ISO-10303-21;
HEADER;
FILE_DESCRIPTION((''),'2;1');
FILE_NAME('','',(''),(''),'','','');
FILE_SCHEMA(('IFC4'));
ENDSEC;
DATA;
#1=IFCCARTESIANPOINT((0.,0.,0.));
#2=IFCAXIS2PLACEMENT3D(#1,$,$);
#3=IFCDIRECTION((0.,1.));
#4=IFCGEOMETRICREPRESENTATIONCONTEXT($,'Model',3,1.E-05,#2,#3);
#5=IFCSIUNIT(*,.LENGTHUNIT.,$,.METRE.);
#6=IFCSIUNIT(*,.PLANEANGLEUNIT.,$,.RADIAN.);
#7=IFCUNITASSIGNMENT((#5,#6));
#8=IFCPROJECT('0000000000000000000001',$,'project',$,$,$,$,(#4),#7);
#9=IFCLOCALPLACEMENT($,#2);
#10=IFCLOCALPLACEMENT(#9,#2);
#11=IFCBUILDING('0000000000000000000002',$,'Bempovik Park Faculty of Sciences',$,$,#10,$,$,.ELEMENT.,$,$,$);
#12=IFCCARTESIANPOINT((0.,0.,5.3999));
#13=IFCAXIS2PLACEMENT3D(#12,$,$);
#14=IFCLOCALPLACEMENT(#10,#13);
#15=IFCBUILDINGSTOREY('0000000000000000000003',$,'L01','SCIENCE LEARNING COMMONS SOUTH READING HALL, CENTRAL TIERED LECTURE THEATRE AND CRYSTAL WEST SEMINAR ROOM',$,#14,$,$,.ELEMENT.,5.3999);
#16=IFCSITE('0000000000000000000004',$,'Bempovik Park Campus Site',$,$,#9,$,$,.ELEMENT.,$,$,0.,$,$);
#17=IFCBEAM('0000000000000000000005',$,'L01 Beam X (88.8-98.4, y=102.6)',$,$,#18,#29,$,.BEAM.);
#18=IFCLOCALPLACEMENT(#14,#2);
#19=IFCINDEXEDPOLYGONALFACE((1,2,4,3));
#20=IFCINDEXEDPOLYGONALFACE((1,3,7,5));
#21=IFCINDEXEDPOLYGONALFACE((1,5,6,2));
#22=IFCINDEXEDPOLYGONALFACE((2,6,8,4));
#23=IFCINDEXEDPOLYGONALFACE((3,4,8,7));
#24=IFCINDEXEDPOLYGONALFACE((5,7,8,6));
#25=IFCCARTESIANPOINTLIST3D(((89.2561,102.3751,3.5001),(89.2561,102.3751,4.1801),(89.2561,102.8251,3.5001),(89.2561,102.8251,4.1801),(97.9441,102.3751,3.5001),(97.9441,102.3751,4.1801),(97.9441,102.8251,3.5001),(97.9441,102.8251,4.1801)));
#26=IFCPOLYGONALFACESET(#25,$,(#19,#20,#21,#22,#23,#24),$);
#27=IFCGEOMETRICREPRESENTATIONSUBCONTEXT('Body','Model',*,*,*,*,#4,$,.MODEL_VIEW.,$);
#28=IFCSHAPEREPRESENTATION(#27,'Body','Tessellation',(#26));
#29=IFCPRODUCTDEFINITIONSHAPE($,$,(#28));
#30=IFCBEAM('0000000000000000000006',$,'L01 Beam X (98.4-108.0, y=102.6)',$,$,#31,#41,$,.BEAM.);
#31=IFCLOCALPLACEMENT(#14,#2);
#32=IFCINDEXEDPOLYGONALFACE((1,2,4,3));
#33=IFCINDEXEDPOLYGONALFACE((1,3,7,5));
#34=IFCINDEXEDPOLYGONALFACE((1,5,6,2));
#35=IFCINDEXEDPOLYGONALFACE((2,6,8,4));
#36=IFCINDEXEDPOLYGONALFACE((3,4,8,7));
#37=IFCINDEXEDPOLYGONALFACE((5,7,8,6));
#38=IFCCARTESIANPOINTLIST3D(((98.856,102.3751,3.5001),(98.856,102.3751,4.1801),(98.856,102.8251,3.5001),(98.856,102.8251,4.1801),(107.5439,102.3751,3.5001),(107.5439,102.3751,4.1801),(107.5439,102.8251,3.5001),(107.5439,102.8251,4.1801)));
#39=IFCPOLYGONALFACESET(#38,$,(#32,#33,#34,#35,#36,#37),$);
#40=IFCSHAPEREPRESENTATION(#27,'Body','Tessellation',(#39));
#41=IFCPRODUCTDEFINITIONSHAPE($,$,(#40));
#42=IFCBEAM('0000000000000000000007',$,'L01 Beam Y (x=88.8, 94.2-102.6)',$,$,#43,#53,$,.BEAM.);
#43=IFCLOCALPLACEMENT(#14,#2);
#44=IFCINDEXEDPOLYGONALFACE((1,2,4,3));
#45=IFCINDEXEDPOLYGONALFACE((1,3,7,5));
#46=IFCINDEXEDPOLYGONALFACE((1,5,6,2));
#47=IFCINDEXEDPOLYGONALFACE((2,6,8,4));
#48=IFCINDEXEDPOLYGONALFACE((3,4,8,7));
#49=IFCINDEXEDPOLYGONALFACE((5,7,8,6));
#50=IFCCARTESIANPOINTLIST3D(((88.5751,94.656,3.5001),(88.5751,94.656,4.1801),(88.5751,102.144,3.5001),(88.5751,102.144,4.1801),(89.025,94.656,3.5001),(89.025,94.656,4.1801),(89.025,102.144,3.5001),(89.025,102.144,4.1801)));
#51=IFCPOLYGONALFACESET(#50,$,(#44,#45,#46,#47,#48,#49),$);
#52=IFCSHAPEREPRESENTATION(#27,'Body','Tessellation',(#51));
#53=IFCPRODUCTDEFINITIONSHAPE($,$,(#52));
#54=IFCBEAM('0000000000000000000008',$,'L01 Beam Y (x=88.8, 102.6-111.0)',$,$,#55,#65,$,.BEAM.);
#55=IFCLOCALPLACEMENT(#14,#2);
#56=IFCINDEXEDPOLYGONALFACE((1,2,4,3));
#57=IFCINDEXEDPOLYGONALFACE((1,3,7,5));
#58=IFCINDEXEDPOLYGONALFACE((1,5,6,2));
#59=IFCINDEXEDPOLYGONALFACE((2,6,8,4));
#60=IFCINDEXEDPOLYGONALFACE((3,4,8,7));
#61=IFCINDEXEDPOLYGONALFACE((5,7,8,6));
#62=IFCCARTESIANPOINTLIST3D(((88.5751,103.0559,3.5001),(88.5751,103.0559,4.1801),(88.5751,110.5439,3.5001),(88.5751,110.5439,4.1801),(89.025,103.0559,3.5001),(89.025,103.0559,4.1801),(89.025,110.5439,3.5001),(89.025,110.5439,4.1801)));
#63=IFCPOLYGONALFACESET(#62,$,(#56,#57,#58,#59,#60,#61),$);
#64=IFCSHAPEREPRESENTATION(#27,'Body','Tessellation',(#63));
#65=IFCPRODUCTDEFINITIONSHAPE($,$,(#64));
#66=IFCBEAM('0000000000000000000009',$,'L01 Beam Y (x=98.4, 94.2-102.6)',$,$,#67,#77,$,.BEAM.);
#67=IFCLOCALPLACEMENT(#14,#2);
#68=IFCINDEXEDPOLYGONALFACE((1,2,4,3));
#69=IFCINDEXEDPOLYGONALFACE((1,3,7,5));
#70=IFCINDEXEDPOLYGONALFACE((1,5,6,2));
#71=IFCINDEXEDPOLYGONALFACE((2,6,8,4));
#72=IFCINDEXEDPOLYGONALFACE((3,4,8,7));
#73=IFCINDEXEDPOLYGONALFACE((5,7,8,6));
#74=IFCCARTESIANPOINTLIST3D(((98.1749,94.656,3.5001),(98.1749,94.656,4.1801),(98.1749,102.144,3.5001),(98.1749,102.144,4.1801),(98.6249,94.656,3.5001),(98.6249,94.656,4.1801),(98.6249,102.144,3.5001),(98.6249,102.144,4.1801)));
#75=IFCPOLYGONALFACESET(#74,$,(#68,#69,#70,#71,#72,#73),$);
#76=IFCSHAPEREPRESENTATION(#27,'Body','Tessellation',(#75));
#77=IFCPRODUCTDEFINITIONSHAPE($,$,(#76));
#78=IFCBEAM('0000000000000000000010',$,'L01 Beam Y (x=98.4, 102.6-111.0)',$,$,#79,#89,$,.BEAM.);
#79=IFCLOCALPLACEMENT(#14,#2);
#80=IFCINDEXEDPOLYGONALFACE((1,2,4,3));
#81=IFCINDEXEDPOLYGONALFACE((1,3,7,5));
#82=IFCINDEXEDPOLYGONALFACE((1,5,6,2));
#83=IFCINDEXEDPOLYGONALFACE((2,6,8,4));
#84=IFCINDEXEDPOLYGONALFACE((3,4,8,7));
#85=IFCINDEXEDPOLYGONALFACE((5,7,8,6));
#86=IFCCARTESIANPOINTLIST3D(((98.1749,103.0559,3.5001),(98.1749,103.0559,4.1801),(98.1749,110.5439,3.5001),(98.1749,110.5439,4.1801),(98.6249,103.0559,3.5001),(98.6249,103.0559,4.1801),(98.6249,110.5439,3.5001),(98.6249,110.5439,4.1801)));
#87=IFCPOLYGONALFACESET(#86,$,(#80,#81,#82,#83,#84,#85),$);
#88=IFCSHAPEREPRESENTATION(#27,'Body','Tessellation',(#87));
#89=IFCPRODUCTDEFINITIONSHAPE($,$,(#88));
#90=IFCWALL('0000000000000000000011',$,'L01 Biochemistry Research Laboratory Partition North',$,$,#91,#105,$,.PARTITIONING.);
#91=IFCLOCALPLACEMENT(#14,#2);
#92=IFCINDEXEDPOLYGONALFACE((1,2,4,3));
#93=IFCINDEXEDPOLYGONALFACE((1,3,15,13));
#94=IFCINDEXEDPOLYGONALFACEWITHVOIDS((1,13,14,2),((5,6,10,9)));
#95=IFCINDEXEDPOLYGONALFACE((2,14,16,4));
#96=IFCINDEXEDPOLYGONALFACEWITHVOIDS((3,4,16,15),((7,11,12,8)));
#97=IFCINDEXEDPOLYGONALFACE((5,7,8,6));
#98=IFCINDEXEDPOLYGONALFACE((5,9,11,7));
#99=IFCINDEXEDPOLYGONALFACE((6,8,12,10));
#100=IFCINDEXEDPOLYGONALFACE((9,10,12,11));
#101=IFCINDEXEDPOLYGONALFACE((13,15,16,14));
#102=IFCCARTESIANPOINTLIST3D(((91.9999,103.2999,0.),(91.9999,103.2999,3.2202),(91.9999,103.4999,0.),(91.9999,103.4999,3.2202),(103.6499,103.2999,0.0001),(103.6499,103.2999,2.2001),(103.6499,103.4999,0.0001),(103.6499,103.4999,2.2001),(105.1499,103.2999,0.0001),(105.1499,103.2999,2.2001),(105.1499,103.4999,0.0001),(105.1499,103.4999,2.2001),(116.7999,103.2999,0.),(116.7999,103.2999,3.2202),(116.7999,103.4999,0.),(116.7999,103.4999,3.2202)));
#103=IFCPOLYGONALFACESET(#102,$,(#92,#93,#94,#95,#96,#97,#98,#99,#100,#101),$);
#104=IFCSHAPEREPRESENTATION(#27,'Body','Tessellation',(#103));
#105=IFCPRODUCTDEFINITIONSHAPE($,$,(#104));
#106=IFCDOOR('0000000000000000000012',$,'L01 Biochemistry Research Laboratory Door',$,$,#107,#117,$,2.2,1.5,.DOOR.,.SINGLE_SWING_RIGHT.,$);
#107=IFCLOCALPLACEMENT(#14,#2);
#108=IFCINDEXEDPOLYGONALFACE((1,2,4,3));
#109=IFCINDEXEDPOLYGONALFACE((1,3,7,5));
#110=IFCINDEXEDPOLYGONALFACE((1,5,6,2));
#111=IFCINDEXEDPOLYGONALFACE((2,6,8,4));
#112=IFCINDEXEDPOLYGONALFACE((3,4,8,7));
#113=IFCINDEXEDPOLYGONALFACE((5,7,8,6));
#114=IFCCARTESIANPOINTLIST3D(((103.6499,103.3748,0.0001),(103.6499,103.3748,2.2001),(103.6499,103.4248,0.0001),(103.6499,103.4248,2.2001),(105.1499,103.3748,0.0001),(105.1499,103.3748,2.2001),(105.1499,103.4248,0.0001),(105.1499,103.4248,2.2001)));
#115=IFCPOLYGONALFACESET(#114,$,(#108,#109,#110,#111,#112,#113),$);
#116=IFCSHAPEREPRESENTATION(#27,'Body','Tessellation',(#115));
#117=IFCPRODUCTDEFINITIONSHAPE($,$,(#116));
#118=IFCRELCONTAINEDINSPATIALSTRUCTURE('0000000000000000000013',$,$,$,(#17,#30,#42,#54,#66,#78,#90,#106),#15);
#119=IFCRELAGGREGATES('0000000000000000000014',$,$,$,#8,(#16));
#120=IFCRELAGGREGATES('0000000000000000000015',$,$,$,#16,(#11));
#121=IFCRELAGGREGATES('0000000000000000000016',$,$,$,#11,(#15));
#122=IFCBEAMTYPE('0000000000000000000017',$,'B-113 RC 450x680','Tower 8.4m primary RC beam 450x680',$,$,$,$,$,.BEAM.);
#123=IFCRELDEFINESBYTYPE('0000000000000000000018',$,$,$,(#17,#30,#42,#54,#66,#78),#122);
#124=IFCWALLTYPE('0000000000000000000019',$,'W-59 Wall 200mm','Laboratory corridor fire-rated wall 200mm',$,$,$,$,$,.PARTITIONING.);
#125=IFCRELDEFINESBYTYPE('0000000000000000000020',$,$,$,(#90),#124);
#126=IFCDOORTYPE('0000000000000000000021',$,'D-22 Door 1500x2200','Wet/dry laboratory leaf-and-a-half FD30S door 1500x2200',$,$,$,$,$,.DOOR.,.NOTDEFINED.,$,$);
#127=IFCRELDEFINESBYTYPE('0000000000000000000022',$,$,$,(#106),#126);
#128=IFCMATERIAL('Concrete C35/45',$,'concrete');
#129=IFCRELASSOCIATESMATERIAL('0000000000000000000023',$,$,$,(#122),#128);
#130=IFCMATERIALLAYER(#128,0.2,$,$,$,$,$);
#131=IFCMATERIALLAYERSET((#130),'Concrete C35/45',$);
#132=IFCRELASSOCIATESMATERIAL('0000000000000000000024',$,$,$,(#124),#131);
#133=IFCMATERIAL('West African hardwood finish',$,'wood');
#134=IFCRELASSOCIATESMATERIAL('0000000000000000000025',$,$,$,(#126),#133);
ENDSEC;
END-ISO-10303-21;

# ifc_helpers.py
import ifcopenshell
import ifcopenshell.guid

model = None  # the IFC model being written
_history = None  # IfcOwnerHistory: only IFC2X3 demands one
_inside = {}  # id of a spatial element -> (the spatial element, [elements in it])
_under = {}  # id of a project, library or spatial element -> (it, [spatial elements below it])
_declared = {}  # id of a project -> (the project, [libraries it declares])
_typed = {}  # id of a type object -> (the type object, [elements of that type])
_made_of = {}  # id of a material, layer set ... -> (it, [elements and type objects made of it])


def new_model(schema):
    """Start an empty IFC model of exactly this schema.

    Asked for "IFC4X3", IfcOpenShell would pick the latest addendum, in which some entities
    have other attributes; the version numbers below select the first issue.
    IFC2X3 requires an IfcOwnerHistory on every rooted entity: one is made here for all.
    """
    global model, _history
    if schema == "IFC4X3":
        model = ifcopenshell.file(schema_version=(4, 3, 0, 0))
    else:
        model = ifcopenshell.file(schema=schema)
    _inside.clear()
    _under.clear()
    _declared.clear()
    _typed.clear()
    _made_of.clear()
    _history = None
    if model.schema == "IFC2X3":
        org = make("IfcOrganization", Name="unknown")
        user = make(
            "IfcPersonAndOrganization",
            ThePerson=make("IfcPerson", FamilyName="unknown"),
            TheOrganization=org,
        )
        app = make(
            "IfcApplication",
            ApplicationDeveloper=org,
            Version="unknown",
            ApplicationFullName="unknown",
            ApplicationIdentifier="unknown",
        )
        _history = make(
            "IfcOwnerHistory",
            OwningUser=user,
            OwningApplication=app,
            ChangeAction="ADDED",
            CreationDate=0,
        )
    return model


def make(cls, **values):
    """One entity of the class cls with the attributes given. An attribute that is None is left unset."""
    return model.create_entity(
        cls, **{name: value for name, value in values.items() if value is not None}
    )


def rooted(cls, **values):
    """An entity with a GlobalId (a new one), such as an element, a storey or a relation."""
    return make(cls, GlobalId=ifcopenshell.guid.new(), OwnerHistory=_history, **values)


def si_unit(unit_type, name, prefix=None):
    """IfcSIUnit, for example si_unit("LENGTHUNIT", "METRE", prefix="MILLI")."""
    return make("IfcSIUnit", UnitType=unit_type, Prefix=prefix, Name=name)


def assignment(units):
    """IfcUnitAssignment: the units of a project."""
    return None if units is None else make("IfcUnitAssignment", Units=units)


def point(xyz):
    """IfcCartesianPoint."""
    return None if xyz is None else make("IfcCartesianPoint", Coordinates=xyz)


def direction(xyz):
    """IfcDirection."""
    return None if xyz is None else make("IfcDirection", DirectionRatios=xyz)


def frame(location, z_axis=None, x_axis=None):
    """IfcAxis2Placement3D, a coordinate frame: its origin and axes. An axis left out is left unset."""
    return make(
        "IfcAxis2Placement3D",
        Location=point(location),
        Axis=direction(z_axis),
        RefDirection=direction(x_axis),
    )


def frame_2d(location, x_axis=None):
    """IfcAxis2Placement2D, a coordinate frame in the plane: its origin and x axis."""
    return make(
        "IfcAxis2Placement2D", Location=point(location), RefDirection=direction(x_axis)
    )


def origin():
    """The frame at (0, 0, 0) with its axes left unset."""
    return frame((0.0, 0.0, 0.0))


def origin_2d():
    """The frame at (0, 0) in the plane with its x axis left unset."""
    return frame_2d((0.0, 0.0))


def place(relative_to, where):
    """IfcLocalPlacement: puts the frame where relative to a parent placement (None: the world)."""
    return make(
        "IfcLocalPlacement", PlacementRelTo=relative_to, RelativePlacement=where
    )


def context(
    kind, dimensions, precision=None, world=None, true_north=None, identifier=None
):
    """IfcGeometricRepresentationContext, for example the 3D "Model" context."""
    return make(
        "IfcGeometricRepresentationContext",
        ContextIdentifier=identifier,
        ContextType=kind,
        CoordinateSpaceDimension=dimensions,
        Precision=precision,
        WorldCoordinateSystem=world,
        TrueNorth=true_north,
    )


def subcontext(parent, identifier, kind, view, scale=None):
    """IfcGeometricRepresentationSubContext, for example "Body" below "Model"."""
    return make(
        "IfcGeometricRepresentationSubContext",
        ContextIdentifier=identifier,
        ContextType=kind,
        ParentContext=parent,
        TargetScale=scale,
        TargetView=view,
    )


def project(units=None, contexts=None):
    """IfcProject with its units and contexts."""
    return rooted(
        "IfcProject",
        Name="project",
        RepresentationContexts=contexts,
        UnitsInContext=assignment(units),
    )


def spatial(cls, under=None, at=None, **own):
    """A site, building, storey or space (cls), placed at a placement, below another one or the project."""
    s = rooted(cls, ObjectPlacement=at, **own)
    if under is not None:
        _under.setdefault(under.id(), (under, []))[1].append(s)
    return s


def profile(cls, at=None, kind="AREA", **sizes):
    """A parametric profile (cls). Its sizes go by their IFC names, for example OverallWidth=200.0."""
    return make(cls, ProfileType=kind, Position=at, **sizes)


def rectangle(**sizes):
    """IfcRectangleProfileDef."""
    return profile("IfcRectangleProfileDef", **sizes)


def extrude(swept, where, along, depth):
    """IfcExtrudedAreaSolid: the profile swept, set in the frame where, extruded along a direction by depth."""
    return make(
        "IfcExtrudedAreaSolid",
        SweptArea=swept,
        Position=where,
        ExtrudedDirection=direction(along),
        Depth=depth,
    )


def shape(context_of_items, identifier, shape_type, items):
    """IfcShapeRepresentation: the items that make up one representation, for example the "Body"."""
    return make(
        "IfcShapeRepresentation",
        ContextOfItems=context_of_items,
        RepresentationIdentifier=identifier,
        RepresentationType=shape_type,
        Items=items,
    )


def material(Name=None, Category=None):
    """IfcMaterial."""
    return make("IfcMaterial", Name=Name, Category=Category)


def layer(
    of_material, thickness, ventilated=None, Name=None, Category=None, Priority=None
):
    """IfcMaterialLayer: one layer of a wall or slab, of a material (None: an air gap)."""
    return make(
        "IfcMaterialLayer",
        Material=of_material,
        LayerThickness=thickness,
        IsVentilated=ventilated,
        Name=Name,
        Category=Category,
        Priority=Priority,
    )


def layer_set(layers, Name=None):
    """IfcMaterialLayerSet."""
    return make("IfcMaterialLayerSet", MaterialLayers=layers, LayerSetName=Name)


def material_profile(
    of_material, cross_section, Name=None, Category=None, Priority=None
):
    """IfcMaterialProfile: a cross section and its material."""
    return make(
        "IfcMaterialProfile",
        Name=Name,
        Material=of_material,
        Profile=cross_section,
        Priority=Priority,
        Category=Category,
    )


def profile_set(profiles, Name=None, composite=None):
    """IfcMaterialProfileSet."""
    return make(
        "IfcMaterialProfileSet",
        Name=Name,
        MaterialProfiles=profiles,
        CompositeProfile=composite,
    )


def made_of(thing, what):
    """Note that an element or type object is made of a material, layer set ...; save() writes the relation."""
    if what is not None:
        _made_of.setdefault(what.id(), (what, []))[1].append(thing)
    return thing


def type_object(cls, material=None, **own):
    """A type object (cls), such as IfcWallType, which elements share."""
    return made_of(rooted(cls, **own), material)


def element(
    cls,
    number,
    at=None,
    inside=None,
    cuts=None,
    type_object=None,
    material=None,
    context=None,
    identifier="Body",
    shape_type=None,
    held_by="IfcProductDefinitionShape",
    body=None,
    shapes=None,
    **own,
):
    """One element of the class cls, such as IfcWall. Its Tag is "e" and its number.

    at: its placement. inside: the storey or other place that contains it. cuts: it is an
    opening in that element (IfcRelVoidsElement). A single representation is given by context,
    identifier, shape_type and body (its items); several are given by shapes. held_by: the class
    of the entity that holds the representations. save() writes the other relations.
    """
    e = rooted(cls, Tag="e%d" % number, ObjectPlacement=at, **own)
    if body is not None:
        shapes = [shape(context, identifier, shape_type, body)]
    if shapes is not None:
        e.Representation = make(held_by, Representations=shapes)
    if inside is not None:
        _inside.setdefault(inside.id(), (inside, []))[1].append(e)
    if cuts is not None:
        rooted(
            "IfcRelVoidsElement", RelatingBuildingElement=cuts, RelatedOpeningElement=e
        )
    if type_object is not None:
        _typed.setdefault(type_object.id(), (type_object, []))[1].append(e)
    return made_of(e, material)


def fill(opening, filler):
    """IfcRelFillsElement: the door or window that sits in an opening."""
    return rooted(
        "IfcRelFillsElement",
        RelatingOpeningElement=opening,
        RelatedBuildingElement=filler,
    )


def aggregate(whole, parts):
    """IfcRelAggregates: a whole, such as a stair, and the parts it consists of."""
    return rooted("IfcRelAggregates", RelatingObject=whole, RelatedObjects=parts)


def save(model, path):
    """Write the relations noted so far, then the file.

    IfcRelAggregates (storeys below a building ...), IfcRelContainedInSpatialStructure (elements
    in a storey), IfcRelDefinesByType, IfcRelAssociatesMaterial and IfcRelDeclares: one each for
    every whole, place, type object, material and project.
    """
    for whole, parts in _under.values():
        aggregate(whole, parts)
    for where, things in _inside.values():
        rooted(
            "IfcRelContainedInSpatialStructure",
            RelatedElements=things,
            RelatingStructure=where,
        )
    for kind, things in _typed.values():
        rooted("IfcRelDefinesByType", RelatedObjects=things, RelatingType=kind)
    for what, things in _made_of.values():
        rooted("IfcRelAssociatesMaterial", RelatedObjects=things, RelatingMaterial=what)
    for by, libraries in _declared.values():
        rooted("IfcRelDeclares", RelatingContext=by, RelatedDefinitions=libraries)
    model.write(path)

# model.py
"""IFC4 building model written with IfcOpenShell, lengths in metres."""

from ifc_helpers import new_model, si_unit, direction, frame, frame_2d, origin, origin_2d, place, context, subcontext, project, spatial, rectangle, extrude, material, layer, layer_set, material_profile, profile_set, type_object, element, fill, save


model = new_model("IFC4")

# Units and contexts
model_context = context("Model", 3, precision=1e-05, world=origin(), true_north=direction((0.0, 1.0)))
body_context = subcontext(model_context, "Body", "Model", "MODEL_VIEW")
ifc_project = project(units=[si_unit("LENGTHUNIT", "METRE"), si_unit("PLANEANGLEUNIT", "RADIAN")], contexts=[model_context])

# Site, building, storey
site_placement = place(None, origin())
site = spatial("IfcSite", under=ifc_project, at=site_placement, Name="Bempovik Park Campus Site", CompositionType="ELEMENT", RefElevation=0.0)
building_placement = place(site_placement, origin())
building = spatial("IfcBuilding", under=site, at=building_placement, Name="Bempovik Park Faculty of Sciences", CompositionType="ELEMENT")
storey_placement = place(building_placement, frame((0.0, 0.0, 5.3999)))
storey = spatial("IfcBuildingStorey", under=building, at=storey_placement, Name="L01", Description="SCIENCE LEARNING COMMONS SOUTH READING HALL, CENTRAL TIERED LECTURE THEATRE AND CRYSTAL WEST SEMINAR ROOM", CompositionType="ELEMENT", Elevation=5.3999)

# Beams
ifc_material_1 = material(Name="Concrete C35/45", Category="concrete")
ifc_material_profile_1 = material_profile(ifc_material_1, rectangle(XDim=0.45, YDim=0.6799, at=origin_2d()), Name="RC 450x680")
ifc_profile_set_1 = profile_set([ifc_material_profile_1], Name="Concrete C35/45")
beam_type_1 = type_object("IfcBeamType", Name="B-113 RC 450x680", Description="Tower 8.4m primary RC beam 450x680", PredefinedType="BEAM", material=ifc_profile_set_1)
for number, where, z_axis, x_axis, name in (
    (1, (89.2561, 102.6001, 3.8401), (1.0, 0.0, 0.0), (0.0, 1.0, 0.0), "L01 Beam X (88.8-98.4, y=102.6)"),
    (2, (98.856, 102.6001, 3.8401), (1.0, 0.0, 0.0), (0.0, 1.0, 0.0), "L01 Beam X (98.4-108.0, y=102.6)"),
):
    element("IfcBeam", number, at=place(storey_placement, frame(where, z_axis=z_axis, x_axis=x_axis)), inside=storey, type_object=beam_type_1, Name=name, PredefinedType="BEAM", context=body_context, shape_type="SweptSolid", body=[
        extrude(rectangle(XDim=0.45, YDim=0.6799, at=origin_2d()), origin(), (0.0, 0.0, 1.0), 8.688),
    ])
for number, where, z_axis, x_axis, name in (
    (3, (88.8, 94.656, 3.8401), (0.0, 1.0, 0.0), (-1.0, 0.0, 0.0), "L01 Beam Y (x=88.8, 94.2-102.6)"),
    (4, (88.8, 103.0559, 3.8401), (0.0, 1.0, 0.0), (-1.0, 0.0, 0.0), "L01 Beam Y (x=88.8, 102.6-111.0)"),
    (5, (98.3999, 94.656, 3.8401), (0.0, 1.0, 0.0), (-1.0, 0.0, 0.0), "L01 Beam Y (x=98.4, 94.2-102.6)"),
    (6, (98.3999, 103.0559, 3.8401), (0.0, 1.0, 0.0), (-1.0, 0.0, 0.0), "L01 Beam Y (x=98.4, 102.6-111.0)"),
):
    element("IfcBeam", number, at=place(storey_placement, frame(where, z_axis=z_axis, x_axis=x_axis)), inside=storey, type_object=beam_type_1, Name=name, PredefinedType="BEAM", context=body_context, shape_type="SweptSolid", body=[
        extrude(rectangle(XDim=0.45, YDim=0.6799, at=origin_2d()), origin(), (0.0, 0.0, 1.0), 7.488),
    ])

# Wall, opening, door
ifc_layer = layer(ifc_material_1, 0.2)
ifc_layer_set = layer_set([ifc_layer], Name="Concrete C35/45")
wall_type = type_object("IfcWallType", Name="W-59 Wall 200mm", Description="Laboratory corridor fire-rated wall 200mm", PredefinedType="PARTITIONING", material=ifc_layer_set)
wall_placement = place(storey_placement, frame((92.0, 103.3999, 0.0), z_axis=(0.0, 0.0, 1.0), x_axis=(1.0, 0.0, 0.0)))
wall = element("IfcWall", 7, at=wall_placement, inside=storey, type_object=wall_type, Name="L01 Biochemistry Research Laboratory Partition North", PredefinedType="PARTITIONING", context=body_context, shape_type="SweptSolid", body=[
    extrude(rectangle(XDim=24.8, YDim=0.2, at=frame_2d((12.3999, 0.0))), origin(), (0.0, 0.0, 1.0), 3.2202),
])
opening_placement = place(wall_placement, frame((11.6499, 0.0, 0.0)))
opening = element("IfcOpeningElement", 8, at=opening_placement, cuts=wall, PredefinedType="OPENING", context=body_context, shape_type="SweptSolid", body=[
    extrude(rectangle(XDim=1.5, YDim=2.2, at=frame_2d((0.75, 1.1001))), frame((0.0, 0.1099, 0.0), z_axis=(0.0, -1.0, 0.0), x_axis=(1.0, 0.0, 0.0)), (0.0, 0.0, 1.0), 0.22),
])
ifc_material_2 = material(Name="West African hardwood finish", Category="wood")
door_type = type_object("IfcDoorType", Name="D-22 Door 1500x2200", Description="Wet/dry laboratory leaf-and-a-half FD30S door 1500x2200", OperationType="NOTDEFINED", PredefinedType="DOOR", material=ifc_material_2)
door_placement = place(opening_placement, origin())
door = element("IfcDoor", 9, at=door_placement, inside=storey, type_object=door_type, Name="L01 Biochemistry Research Laboratory Door", OperationType="SINGLE_SWING_RIGHT", OverallHeight=2.2, OverallWidth=1.5, PredefinedType="DOOR", context=body_context, shape_type="SweptSolid", body=[
    extrude(rectangle(XDim=1.5, YDim=2.2, at=frame_2d((0.75, 1.1001))), frame((0.0, 0.0249, 0.0), z_axis=(0.0, -1.0, 0.0), x_axis=(1.0, 0.0, 0.0)), (0.0, 0.0, 1.0), 0.05),
])
fill(opening, door)

save(model, "model.ifc")
